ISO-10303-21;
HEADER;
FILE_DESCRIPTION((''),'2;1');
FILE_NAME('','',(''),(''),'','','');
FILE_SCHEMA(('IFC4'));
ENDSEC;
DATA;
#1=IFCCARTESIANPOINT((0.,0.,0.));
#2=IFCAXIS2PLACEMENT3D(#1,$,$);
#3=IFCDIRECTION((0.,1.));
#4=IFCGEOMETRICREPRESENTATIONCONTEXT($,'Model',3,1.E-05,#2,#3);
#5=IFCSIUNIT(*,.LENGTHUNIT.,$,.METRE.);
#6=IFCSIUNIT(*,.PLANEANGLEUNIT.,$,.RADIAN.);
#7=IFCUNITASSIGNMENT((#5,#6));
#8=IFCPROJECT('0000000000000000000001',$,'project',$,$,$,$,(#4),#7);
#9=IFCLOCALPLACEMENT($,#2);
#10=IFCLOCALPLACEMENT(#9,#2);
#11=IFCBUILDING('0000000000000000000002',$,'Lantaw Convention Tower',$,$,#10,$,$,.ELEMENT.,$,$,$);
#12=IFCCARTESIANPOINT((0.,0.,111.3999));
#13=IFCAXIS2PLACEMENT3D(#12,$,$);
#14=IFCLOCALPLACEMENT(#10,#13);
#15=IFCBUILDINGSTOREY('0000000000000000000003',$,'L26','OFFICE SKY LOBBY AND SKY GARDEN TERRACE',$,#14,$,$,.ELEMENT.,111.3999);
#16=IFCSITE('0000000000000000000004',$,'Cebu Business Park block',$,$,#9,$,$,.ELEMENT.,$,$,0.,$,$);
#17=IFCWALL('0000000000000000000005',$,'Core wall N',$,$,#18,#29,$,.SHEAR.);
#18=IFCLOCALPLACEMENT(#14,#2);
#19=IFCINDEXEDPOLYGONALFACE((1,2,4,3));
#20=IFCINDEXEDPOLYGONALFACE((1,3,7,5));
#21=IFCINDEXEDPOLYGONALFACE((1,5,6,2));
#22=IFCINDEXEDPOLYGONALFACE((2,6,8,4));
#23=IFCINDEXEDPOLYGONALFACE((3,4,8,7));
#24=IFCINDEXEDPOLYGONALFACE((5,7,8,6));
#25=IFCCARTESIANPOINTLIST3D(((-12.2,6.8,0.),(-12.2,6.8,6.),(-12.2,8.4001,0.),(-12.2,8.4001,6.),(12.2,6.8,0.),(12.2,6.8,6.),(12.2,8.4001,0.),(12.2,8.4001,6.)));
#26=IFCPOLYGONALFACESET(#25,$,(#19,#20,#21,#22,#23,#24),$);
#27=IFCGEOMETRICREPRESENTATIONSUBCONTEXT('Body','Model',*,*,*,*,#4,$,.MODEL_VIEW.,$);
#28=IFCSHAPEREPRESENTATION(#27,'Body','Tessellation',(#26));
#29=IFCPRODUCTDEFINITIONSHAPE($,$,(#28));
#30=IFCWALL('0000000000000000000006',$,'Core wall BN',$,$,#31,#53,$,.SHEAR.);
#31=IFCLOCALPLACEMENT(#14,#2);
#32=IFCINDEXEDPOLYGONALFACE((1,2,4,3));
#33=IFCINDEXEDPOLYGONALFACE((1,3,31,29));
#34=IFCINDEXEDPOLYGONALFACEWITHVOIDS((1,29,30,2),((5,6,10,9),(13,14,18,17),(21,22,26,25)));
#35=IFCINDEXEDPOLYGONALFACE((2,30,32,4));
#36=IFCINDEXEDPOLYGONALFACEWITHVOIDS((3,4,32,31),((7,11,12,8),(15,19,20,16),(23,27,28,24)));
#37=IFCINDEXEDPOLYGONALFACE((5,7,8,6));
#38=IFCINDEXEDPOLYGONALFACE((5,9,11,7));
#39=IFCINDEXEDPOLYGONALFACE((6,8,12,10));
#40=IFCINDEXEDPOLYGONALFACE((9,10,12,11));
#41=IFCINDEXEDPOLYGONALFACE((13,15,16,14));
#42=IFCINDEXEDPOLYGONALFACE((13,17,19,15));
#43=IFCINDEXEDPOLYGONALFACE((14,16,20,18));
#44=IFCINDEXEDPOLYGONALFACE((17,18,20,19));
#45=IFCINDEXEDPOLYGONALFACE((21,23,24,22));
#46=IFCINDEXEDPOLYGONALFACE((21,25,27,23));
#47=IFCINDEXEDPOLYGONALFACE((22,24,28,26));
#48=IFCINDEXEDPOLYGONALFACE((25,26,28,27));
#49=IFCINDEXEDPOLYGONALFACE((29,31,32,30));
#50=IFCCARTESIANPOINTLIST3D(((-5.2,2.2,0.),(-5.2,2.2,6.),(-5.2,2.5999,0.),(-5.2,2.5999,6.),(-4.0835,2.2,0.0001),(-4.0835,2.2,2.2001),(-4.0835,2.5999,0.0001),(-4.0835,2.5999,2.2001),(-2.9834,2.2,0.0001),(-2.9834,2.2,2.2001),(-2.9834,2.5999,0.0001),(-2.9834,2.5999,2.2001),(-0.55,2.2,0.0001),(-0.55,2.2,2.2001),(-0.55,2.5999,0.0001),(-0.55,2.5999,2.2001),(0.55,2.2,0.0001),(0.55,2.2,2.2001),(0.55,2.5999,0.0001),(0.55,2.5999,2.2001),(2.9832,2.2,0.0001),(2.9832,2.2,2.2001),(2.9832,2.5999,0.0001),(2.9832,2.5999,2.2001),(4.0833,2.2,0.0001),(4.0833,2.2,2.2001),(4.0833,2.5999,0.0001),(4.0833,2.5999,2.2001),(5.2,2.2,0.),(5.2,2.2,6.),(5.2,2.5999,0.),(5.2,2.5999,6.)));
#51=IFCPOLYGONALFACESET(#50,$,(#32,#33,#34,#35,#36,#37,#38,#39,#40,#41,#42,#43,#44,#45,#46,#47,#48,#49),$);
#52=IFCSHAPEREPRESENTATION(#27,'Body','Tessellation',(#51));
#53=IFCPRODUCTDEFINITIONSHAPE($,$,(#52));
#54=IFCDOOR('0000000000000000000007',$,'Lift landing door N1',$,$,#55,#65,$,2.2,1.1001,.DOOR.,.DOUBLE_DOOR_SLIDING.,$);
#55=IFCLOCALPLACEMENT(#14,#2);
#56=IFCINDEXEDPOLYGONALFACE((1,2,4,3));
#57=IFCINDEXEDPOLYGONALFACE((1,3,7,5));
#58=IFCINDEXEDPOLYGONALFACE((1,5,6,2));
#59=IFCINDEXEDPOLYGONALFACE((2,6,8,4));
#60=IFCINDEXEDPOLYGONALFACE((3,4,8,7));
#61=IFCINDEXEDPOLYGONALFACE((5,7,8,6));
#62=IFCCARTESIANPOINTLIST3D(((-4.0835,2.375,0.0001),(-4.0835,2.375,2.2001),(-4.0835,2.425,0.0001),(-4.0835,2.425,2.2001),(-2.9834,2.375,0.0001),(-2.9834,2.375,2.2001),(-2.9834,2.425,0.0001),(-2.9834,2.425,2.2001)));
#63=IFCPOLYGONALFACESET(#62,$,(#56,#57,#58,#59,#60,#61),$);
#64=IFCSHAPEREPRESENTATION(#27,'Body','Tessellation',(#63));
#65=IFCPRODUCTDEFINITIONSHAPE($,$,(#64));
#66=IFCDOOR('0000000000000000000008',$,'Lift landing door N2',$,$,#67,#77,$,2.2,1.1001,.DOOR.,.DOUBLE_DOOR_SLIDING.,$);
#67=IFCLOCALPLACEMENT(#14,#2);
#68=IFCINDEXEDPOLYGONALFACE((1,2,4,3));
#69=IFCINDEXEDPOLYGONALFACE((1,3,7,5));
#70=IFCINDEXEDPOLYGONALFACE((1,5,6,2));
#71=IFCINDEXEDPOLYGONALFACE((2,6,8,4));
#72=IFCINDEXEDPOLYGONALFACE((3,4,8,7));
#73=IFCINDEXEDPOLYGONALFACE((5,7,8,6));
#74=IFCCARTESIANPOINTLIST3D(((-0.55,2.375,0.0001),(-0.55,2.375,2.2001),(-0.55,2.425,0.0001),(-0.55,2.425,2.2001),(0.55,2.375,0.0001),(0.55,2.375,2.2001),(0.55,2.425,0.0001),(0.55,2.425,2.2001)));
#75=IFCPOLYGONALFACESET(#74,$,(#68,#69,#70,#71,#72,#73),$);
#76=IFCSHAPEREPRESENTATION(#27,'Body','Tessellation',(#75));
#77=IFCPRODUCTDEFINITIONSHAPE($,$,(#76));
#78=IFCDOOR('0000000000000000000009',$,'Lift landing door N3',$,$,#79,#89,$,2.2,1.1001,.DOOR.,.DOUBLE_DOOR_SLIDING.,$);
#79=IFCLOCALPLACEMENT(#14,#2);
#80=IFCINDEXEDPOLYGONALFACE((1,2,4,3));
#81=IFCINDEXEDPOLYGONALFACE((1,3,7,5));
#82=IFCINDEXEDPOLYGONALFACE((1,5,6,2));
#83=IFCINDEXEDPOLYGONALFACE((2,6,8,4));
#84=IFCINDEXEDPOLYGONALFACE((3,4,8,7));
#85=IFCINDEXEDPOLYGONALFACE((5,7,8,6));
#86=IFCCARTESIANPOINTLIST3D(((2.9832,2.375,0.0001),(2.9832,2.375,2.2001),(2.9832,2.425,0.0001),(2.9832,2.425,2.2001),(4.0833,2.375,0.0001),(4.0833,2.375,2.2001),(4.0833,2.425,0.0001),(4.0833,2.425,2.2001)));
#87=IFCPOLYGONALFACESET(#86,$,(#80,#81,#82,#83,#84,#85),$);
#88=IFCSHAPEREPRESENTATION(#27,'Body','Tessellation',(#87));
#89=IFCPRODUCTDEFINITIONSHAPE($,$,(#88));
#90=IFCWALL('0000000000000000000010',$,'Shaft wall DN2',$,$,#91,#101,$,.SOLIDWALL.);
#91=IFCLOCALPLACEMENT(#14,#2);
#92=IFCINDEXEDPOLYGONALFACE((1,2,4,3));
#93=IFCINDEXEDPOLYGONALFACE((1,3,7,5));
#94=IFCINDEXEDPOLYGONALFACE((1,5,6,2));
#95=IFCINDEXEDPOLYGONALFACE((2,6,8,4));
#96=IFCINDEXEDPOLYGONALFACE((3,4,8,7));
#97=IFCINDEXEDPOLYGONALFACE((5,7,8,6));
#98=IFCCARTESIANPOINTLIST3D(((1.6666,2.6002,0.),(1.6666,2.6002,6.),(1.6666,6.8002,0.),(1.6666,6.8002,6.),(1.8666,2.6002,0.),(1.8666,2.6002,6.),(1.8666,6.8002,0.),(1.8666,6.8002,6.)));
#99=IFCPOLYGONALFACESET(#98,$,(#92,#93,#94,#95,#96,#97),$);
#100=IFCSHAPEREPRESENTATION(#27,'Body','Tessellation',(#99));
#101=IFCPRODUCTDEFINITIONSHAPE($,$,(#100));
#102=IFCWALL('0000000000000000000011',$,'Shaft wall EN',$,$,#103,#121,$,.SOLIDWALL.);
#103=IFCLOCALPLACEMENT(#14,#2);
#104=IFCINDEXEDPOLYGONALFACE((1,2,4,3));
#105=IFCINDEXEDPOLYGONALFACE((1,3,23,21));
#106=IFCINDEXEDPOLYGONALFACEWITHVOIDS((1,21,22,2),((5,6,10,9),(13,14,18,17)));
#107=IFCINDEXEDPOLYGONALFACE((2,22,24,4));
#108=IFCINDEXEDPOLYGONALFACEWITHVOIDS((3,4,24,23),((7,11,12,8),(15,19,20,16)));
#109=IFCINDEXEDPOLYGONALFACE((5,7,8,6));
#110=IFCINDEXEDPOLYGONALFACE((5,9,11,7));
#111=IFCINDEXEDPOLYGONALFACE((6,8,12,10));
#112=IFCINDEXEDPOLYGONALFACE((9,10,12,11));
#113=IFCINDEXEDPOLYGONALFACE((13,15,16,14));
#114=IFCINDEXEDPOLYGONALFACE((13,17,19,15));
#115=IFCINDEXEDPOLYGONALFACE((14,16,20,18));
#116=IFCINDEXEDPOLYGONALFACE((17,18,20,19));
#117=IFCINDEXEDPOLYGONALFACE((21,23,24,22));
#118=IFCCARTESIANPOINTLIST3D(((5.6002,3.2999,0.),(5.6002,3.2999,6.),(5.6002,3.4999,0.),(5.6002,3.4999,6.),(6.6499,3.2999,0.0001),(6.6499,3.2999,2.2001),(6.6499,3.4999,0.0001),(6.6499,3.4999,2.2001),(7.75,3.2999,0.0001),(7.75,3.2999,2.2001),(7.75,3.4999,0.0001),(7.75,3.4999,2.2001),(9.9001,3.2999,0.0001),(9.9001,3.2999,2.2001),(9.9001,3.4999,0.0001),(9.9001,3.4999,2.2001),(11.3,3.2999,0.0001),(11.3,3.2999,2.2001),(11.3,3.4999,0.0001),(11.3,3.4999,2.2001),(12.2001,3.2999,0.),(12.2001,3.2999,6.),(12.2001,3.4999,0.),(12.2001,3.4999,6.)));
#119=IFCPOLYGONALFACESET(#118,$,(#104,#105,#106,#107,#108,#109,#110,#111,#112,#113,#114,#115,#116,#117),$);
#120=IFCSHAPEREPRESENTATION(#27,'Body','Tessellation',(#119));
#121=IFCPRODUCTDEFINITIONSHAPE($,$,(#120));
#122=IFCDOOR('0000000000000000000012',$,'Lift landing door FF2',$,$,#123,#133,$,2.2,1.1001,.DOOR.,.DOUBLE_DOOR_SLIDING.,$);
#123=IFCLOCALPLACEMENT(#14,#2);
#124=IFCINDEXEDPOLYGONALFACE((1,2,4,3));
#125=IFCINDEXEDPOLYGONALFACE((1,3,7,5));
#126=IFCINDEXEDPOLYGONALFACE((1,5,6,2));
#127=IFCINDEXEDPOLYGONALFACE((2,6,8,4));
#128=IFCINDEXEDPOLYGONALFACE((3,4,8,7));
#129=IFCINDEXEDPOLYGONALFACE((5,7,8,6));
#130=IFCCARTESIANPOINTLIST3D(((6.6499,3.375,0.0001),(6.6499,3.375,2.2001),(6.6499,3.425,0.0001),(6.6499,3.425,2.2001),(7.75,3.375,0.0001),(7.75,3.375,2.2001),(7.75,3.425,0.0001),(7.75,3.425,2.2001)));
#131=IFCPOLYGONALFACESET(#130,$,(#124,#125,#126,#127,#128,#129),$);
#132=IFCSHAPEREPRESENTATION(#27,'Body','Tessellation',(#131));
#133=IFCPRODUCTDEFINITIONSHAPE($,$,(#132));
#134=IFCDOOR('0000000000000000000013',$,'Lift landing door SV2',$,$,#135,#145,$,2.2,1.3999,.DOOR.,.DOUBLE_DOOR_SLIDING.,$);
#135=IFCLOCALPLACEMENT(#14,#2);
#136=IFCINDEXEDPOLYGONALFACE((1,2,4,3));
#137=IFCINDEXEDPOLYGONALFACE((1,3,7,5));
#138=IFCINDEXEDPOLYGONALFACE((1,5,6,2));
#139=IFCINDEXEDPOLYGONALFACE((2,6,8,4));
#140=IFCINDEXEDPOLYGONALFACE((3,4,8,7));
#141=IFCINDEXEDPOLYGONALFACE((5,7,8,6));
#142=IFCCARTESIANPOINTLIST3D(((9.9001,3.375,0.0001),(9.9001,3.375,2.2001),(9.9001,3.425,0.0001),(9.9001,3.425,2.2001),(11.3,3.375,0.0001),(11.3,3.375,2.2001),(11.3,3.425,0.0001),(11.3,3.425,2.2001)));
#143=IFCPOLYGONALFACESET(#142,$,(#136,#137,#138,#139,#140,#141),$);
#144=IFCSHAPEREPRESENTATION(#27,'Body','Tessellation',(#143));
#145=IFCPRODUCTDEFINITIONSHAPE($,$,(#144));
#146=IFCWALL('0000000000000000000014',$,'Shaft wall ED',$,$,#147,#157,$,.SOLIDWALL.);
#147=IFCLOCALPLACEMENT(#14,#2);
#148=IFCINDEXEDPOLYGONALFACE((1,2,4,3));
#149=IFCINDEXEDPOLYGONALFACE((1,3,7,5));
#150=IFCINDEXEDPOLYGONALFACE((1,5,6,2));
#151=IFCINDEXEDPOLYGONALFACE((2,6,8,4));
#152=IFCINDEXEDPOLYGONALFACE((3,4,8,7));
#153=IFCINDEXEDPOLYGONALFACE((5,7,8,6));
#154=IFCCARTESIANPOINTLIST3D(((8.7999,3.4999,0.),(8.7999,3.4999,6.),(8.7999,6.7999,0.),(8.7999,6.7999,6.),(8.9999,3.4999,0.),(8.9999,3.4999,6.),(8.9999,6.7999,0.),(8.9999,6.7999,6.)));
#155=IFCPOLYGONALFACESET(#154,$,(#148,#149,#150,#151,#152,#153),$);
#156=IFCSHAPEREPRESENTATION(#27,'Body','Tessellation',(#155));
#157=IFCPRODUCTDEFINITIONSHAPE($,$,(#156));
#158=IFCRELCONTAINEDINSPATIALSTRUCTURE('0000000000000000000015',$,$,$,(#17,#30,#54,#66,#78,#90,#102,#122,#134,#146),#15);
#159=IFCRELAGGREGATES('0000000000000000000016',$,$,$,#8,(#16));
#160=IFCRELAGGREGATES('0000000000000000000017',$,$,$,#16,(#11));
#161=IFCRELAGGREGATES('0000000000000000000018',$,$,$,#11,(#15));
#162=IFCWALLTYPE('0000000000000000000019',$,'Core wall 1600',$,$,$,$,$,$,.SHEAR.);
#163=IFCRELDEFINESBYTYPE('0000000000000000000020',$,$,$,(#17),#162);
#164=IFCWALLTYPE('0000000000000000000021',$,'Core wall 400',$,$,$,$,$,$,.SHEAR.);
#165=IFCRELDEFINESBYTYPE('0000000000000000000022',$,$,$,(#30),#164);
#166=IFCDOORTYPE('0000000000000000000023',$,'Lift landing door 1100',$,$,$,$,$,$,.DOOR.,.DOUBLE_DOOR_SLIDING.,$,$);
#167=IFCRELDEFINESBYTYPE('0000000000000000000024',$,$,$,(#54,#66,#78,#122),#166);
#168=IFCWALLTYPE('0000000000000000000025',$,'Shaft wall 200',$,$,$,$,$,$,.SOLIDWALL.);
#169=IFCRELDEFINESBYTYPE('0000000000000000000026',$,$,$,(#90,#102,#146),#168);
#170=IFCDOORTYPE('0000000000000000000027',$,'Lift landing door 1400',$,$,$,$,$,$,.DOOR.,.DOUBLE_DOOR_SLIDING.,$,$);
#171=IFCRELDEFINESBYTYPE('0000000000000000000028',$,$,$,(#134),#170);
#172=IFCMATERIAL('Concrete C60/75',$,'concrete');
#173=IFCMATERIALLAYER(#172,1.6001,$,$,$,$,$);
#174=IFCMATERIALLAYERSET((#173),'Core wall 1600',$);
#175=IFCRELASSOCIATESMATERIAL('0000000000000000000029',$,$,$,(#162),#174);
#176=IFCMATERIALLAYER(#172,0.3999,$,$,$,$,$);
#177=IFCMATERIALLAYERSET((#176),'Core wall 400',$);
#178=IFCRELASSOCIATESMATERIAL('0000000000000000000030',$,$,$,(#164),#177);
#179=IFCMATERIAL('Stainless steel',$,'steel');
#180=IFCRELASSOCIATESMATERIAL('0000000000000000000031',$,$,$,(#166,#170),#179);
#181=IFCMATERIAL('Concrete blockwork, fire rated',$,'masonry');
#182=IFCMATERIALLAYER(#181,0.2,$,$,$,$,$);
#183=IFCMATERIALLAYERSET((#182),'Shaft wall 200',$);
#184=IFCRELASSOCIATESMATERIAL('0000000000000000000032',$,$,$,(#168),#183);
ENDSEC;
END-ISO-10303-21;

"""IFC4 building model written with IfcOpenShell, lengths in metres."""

from ifc_helpers import new_model, si_unit, direction, frame, frame_2d, origin, place, context, subcontext, project, spatial, rectangle, extrude, material, layer, layer_set, type_object, element, fill, save


model = new_model("IFC4")

# Units and contexts
model_context = context("Model", 3, precision=1e-05, world=origin(), true_north=direction((0.0, 1.0)))
body_context = subcontext(model_context, "Body", "Model", "MODEL_VIEW")
ifc_project = project(units=[si_unit("LENGTHUNIT", "METRE"), si_unit("PLANEANGLEUNIT", "RADIAN")], contexts=[model_context])

# Site, building, storey
site_placement = place(None, origin())
site = spatial("IfcSite", under=ifc_project, at=site_placement, Name="Cebu Business Park block", CompositionType="ELEMENT", RefElevation=0.0)
building_placement = place(site_placement, origin())
building = spatial("IfcBuilding", under=site, at=building_placement, Name="Lantaw Convention Tower", CompositionType="ELEMENT")
storey_placement = place(building_placement, frame((0.0, 0.0, 111.3999)))
storey = spatial("IfcBuildingStorey", under=building, at=storey_placement, Name="L26", Description="OFFICE SKY LOBBY AND SKY GARDEN TERRACE", CompositionType="ELEMENT", Elevation=111.3999)

# Wall
ifc_material_1 = material(Name="Concrete C60/75", Category="concrete")
ifc_layer_1 = layer(ifc_material_1, 1.6001)
ifc_layer_set_1 = layer_set([ifc_layer_1], Name="Core wall 1600")
wall_type_1 = type_object("IfcWallType", Name="Core wall 1600", PredefinedType="SHEAR", material=ifc_layer_set_1)
wall_1_placement = place(storey_placement, frame((12.2, 7.6001, 0.0), z_axis=(0.0, 0.0, 1.0), x_axis=(-1.0, 0.0, 0.0)))
element("IfcWall", 1, at=wall_1_placement, inside=storey, type_object=wall_type_1, Name="Core wall N", PredefinedType="SHEAR", context=body_context, shape_type="SweptSolid", body=[
    extrude(rectangle(XDim=24.3999, YDim=1.6001, at=frame_2d((12.2, 0.0))), origin(), (0.0, 0.0, 1.0), 6.0),
])

# Wall, openings, doors
ifc_layer_2 = layer(ifc_material_1, 0.3999)
ifc_layer_set_2 = layer_set([ifc_layer_2], Name="Core wall 400")
wall_type_2 = type_object("IfcWallType", Name="Core wall 400", PredefinedType="SHEAR", material=ifc_layer_set_2)
wall_2_placement = place(storey_placement, frame((5.2, 2.3999, 0.0), z_axis=(0.0, 0.0, 1.0), x_axis=(-1.0, 0.0, 0.0)))
wall_2 = element("IfcWall", 2, at=wall_2_placement, inside=storey, type_object=wall_type_2, Name="Core wall BN", PredefinedType="SHEAR", context=body_context, shape_type="SweptSolid", body=[
    extrude(rectangle(XDim=10.3999, YDim=0.3999, at=frame_2d((5.2, 0.0))), origin(), (0.0, 0.0, 1.0), 6.0),
])
opening_1_placement = place(wall_2_placement, frame((8.1833, 0.0, 0.0)))
opening_1 = element("IfcOpeningElement", 3, at=opening_1_placement, cuts=wall_2, PredefinedType="OPENING", context=body_context, shape_type="SweptSolid", body=[
    extrude(rectangle(XDim=1.1001, YDim=2.2, at=frame_2d((0.55, 1.1001))), frame((0.0, 0.21, 0.0), z_axis=(0.0, -1.0, 0.0), x_axis=(1.0, 0.0, 0.0)), (0.0, 0.0, 1.0), 0.4199),
])
opening_2_placement = place(wall_2_placement, frame((4.6499, 0.0, 0.0)))
opening_2 = element("IfcOpeningElement", 4, at=opening_2_placement, cuts=wall_2, PredefinedType="OPENING", context=body_context, shape_type="SweptSolid", body=[
    extrude(rectangle(XDim=1.1001, YDim=2.2, at=frame_2d((0.55, 1.1001))), frame((0.0, 0.21, 0.0), z_axis=(0.0, -1.0, 0.0), x_axis=(1.0, 0.0, 0.0)), (0.0, 0.0, 1.0), 0.4199),
])
opening_3_placement = place(wall_2_placement, frame((1.1167, 0.0, 0.0)))
opening_3 = element("IfcOpeningElement", 5, at=opening_3_placement, cuts=wall_2, PredefinedType="OPENING", context=body_context, shape_type="SweptSolid", body=[
    extrude(rectangle(XDim=1.1001, YDim=2.2, at=frame_2d((0.55, 1.1001))), frame((0.0, 0.21, 0.0), z_axis=(0.0, -1.0, 0.0), x_axis=(1.0, 0.0, 0.0)), (0.0, 0.0, 1.0), 0.4199),
])
ifc_material_2 = material(Name="Stainless steel", Category="steel")
door_type_1 = type_object("IfcDoorType", Name="Lift landing door 1100", OperationType="DOUBLE_DOOR_SLIDING", PredefinedType="DOOR", material=ifc_material_2)
door_1_placement = place(opening_1_placement, origin())
door_1 = element("IfcDoor", 6, at=door_1_placement, inside=storey, type_object=door_type_1, Name="Lift landing door N1", OperationType="DOUBLE_DOOR_SLIDING", OverallHeight=2.2, OverallWidth=1.1001, PredefinedType="DOOR", context=body_context, shape_type="SweptSolid", body=[
    extrude(rectangle(XDim=1.1001, YDim=2.2, at=frame_2d((0.55, 1.1001))), frame((0.0, 0.0249, 0.0), z_axis=(0.0, -1.0, 0.0), x_axis=(1.0, 0.0, 0.0)), (0.0, 0.0, 1.0), 0.05),
])
fill(opening_1, door_1)
door_2_placement = place(opening_2_placement, origin())
door_2 = element("IfcDoor", 7, at=door_2_placement, inside=storey, type_object=door_type_1, Name="Lift landing door N2", OperationType="DOUBLE_DOOR_SLIDING", OverallHeight=2.2, OverallWidth=1.1001, PredefinedType="DOOR", context=body_context, shape_type="SweptSolid", body=[
    extrude(rectangle(XDim=1.1001, YDim=2.2, at=frame_2d((0.55, 1.1001))), frame((0.0, 0.0249, 0.0), z_axis=(0.0, -1.0, 0.0), x_axis=(1.0, 0.0, 0.0)), (0.0, 0.0, 1.0), 0.05),
])
fill(opening_2, door_2)
door_3_placement = place(opening_3_placement, origin())
door_3 = element("IfcDoor", 8, at=door_3_placement, inside=storey, type_object=door_type_1, Name="Lift landing door N3", OperationType="DOUBLE_DOOR_SLIDING", OverallHeight=2.2, OverallWidth=1.1001, PredefinedType="DOOR", context=body_context, shape_type="SweptSolid", body=[
    extrude(rectangle(XDim=1.1001, YDim=2.2, at=frame_2d((0.55, 1.1001))), frame((0.0, 0.0249, 0.0), z_axis=(0.0, -1.0, 0.0), x_axis=(1.0, 0.0, 0.0)), (0.0, 0.0, 1.0), 0.05),
])
fill(opening_3, door_3)

# Wall
ifc_material_3 = material(Name="Concrete blockwork, fire rated", Category="masonry")
ifc_layer_3 = layer(ifc_material_3, 0.2)
ifc_layer_set_3 = layer_set([ifc_layer_3], Name="Shaft wall 200")
wall_type_3 = type_object("IfcWallType", Name="Shaft wall 200", PredefinedType="SOLIDWALL", material=ifc_layer_set_3)
wall_3_placement = place(storey_placement, frame((1.7666, 2.6001, 0.0), z_axis=(0.0, 0.0, 1.0), x_axis=(0.0, 1.0, 0.0)))
element("IfcWall", 9, at=wall_3_placement, inside=storey, type_object=wall_type_3, Name="Shaft wall DN2", PredefinedType="SOLIDWALL", context=body_context, shape_type="SweptSolid", body=[
    extrude(rectangle(XDim=4.2, YDim=0.2, at=frame_2d((2.1001, 0.0))), origin(), (0.0, 0.0, 1.0), 6.0),
])

# Wall, openings, doors
wall_4_placement = place(storey_placement, frame((12.2, 3.3999, 0.0), z_axis=(0.0, 0.0, 1.0), x_axis=(-1.0, 0.0, 0.0)))
wall_4 = element("IfcWall", 10, at=wall_4_placement, inside=storey, type_object=wall_type_3, Name="Shaft wall EN", PredefinedType="SOLIDWALL", context=body_context, shape_type="SweptSolid", body=[
    extrude(rectangle(XDim=6.5999, YDim=0.2, at=frame_2d((3.2998, 0.0))), origin(), (0.0, 0.0, 1.0), 6.0),
])
opening_4_placement = place(wall_4_placement, frame((4.45, 0.0, 0.0)))
opening_4 = element("IfcOpeningElement", 11, at=opening_4_placement, cuts=wall_4, PredefinedType="OPENING", context=body_context, shape_type="SweptSolid", body=[
    extrude(rectangle(XDim=1.1001, YDim=2.2, at=frame_2d((0.55, 1.1001))), frame((0.0, 0.1099, 0.0), z_axis=(0.0, -1.0, 0.0), x_axis=(1.0, 0.0, 0.0)), (0.0, 0.0, 1.0), 0.22),
])
opening_5_placement = place(wall_4_placement, frame((0.8999, 0.0, 0.0)))
opening_5 = element("IfcOpeningElement", 12, at=opening_5_placement, cuts=wall_4, PredefinedType="OPENING", context=body_context, shape_type="SweptSolid", body=[
    extrude(rectangle(XDim=1.3999, YDim=2.2, at=frame_2d((0.7, 1.1001))), frame((0.0, 0.1099, 0.0), z_axis=(0.0, -1.0, 0.0), x_axis=(1.0, 0.0, 0.0)), (0.0, 0.0, 1.0), 0.22),
])
door_4_placement = place(opening_4_placement, origin())
door_4 = element("IfcDoor", 13, at=door_4_placement, inside=storey, type_object=door_type_1, Name="Lift landing door FF2", OperationType="DOUBLE_DOOR_SLIDING", OverallHeight=2.2, OverallWidth=1.1001, PredefinedType="DOOR", context=body_context, shape_type="SweptSolid", body=[
    extrude(rectangle(XDim=1.1001, YDim=2.2, at=frame_2d((0.55, 1.1001))), frame((0.0, 0.0249, 0.0), z_axis=(0.0, -1.0, 0.0), x_axis=(1.0, 0.0, 0.0)), (0.0, 0.0, 1.0), 0.05),
])
fill(opening_4, door_4)
door_type_2 = type_object("IfcDoorType", Name="Lift landing door 1400", OperationType="DOUBLE_DOOR_SLIDING", PredefinedType="DOOR", material=ifc_material_2)
door_5_placement = place(opening_5_placement, origin())
door_5 = element("IfcDoor", 14, at=door_5_placement, inside=storey, type_object=door_type_2, Name="Lift landing door SV2", OperationType="DOUBLE_DOOR_SLIDING", OverallHeight=2.2, OverallWidth=1.3999, PredefinedType="DOOR", context=body_context, shape_type="SweptSolid", body=[
    extrude(rectangle(XDim=1.3999, YDim=2.2, at=frame_2d((0.7, 1.1001))), frame((0.0, 0.0249, 0.0), z_axis=(0.0, -1.0, 0.0), x_axis=(1.0, 0.0, 0.0)), (0.0, 0.0, 1.0), 0.05),
])
fill(opening_5, door_5)

# Wall
wall_5_placement = place(storey_placement, frame((8.8999, 3.5, 0.0), z_axis=(0.0, 0.0, 1.0), x_axis=(0.0, 1.0, 0.0)))
element("IfcWall", 15, at=wall_5_placement, inside=storey, type_object=wall_type_3, Name="Shaft wall ED", PredefinedType="SOLIDWALL", context=body_context, shape_type="SweptSolid", body=[
    extrude(rectangle(XDim=3.3, YDim=0.2, at=frame_2d((1.6499, 0.0))), origin(), (0.0, 0.0, 1.0), 6.0),
])

save(model, "model.ifc")
